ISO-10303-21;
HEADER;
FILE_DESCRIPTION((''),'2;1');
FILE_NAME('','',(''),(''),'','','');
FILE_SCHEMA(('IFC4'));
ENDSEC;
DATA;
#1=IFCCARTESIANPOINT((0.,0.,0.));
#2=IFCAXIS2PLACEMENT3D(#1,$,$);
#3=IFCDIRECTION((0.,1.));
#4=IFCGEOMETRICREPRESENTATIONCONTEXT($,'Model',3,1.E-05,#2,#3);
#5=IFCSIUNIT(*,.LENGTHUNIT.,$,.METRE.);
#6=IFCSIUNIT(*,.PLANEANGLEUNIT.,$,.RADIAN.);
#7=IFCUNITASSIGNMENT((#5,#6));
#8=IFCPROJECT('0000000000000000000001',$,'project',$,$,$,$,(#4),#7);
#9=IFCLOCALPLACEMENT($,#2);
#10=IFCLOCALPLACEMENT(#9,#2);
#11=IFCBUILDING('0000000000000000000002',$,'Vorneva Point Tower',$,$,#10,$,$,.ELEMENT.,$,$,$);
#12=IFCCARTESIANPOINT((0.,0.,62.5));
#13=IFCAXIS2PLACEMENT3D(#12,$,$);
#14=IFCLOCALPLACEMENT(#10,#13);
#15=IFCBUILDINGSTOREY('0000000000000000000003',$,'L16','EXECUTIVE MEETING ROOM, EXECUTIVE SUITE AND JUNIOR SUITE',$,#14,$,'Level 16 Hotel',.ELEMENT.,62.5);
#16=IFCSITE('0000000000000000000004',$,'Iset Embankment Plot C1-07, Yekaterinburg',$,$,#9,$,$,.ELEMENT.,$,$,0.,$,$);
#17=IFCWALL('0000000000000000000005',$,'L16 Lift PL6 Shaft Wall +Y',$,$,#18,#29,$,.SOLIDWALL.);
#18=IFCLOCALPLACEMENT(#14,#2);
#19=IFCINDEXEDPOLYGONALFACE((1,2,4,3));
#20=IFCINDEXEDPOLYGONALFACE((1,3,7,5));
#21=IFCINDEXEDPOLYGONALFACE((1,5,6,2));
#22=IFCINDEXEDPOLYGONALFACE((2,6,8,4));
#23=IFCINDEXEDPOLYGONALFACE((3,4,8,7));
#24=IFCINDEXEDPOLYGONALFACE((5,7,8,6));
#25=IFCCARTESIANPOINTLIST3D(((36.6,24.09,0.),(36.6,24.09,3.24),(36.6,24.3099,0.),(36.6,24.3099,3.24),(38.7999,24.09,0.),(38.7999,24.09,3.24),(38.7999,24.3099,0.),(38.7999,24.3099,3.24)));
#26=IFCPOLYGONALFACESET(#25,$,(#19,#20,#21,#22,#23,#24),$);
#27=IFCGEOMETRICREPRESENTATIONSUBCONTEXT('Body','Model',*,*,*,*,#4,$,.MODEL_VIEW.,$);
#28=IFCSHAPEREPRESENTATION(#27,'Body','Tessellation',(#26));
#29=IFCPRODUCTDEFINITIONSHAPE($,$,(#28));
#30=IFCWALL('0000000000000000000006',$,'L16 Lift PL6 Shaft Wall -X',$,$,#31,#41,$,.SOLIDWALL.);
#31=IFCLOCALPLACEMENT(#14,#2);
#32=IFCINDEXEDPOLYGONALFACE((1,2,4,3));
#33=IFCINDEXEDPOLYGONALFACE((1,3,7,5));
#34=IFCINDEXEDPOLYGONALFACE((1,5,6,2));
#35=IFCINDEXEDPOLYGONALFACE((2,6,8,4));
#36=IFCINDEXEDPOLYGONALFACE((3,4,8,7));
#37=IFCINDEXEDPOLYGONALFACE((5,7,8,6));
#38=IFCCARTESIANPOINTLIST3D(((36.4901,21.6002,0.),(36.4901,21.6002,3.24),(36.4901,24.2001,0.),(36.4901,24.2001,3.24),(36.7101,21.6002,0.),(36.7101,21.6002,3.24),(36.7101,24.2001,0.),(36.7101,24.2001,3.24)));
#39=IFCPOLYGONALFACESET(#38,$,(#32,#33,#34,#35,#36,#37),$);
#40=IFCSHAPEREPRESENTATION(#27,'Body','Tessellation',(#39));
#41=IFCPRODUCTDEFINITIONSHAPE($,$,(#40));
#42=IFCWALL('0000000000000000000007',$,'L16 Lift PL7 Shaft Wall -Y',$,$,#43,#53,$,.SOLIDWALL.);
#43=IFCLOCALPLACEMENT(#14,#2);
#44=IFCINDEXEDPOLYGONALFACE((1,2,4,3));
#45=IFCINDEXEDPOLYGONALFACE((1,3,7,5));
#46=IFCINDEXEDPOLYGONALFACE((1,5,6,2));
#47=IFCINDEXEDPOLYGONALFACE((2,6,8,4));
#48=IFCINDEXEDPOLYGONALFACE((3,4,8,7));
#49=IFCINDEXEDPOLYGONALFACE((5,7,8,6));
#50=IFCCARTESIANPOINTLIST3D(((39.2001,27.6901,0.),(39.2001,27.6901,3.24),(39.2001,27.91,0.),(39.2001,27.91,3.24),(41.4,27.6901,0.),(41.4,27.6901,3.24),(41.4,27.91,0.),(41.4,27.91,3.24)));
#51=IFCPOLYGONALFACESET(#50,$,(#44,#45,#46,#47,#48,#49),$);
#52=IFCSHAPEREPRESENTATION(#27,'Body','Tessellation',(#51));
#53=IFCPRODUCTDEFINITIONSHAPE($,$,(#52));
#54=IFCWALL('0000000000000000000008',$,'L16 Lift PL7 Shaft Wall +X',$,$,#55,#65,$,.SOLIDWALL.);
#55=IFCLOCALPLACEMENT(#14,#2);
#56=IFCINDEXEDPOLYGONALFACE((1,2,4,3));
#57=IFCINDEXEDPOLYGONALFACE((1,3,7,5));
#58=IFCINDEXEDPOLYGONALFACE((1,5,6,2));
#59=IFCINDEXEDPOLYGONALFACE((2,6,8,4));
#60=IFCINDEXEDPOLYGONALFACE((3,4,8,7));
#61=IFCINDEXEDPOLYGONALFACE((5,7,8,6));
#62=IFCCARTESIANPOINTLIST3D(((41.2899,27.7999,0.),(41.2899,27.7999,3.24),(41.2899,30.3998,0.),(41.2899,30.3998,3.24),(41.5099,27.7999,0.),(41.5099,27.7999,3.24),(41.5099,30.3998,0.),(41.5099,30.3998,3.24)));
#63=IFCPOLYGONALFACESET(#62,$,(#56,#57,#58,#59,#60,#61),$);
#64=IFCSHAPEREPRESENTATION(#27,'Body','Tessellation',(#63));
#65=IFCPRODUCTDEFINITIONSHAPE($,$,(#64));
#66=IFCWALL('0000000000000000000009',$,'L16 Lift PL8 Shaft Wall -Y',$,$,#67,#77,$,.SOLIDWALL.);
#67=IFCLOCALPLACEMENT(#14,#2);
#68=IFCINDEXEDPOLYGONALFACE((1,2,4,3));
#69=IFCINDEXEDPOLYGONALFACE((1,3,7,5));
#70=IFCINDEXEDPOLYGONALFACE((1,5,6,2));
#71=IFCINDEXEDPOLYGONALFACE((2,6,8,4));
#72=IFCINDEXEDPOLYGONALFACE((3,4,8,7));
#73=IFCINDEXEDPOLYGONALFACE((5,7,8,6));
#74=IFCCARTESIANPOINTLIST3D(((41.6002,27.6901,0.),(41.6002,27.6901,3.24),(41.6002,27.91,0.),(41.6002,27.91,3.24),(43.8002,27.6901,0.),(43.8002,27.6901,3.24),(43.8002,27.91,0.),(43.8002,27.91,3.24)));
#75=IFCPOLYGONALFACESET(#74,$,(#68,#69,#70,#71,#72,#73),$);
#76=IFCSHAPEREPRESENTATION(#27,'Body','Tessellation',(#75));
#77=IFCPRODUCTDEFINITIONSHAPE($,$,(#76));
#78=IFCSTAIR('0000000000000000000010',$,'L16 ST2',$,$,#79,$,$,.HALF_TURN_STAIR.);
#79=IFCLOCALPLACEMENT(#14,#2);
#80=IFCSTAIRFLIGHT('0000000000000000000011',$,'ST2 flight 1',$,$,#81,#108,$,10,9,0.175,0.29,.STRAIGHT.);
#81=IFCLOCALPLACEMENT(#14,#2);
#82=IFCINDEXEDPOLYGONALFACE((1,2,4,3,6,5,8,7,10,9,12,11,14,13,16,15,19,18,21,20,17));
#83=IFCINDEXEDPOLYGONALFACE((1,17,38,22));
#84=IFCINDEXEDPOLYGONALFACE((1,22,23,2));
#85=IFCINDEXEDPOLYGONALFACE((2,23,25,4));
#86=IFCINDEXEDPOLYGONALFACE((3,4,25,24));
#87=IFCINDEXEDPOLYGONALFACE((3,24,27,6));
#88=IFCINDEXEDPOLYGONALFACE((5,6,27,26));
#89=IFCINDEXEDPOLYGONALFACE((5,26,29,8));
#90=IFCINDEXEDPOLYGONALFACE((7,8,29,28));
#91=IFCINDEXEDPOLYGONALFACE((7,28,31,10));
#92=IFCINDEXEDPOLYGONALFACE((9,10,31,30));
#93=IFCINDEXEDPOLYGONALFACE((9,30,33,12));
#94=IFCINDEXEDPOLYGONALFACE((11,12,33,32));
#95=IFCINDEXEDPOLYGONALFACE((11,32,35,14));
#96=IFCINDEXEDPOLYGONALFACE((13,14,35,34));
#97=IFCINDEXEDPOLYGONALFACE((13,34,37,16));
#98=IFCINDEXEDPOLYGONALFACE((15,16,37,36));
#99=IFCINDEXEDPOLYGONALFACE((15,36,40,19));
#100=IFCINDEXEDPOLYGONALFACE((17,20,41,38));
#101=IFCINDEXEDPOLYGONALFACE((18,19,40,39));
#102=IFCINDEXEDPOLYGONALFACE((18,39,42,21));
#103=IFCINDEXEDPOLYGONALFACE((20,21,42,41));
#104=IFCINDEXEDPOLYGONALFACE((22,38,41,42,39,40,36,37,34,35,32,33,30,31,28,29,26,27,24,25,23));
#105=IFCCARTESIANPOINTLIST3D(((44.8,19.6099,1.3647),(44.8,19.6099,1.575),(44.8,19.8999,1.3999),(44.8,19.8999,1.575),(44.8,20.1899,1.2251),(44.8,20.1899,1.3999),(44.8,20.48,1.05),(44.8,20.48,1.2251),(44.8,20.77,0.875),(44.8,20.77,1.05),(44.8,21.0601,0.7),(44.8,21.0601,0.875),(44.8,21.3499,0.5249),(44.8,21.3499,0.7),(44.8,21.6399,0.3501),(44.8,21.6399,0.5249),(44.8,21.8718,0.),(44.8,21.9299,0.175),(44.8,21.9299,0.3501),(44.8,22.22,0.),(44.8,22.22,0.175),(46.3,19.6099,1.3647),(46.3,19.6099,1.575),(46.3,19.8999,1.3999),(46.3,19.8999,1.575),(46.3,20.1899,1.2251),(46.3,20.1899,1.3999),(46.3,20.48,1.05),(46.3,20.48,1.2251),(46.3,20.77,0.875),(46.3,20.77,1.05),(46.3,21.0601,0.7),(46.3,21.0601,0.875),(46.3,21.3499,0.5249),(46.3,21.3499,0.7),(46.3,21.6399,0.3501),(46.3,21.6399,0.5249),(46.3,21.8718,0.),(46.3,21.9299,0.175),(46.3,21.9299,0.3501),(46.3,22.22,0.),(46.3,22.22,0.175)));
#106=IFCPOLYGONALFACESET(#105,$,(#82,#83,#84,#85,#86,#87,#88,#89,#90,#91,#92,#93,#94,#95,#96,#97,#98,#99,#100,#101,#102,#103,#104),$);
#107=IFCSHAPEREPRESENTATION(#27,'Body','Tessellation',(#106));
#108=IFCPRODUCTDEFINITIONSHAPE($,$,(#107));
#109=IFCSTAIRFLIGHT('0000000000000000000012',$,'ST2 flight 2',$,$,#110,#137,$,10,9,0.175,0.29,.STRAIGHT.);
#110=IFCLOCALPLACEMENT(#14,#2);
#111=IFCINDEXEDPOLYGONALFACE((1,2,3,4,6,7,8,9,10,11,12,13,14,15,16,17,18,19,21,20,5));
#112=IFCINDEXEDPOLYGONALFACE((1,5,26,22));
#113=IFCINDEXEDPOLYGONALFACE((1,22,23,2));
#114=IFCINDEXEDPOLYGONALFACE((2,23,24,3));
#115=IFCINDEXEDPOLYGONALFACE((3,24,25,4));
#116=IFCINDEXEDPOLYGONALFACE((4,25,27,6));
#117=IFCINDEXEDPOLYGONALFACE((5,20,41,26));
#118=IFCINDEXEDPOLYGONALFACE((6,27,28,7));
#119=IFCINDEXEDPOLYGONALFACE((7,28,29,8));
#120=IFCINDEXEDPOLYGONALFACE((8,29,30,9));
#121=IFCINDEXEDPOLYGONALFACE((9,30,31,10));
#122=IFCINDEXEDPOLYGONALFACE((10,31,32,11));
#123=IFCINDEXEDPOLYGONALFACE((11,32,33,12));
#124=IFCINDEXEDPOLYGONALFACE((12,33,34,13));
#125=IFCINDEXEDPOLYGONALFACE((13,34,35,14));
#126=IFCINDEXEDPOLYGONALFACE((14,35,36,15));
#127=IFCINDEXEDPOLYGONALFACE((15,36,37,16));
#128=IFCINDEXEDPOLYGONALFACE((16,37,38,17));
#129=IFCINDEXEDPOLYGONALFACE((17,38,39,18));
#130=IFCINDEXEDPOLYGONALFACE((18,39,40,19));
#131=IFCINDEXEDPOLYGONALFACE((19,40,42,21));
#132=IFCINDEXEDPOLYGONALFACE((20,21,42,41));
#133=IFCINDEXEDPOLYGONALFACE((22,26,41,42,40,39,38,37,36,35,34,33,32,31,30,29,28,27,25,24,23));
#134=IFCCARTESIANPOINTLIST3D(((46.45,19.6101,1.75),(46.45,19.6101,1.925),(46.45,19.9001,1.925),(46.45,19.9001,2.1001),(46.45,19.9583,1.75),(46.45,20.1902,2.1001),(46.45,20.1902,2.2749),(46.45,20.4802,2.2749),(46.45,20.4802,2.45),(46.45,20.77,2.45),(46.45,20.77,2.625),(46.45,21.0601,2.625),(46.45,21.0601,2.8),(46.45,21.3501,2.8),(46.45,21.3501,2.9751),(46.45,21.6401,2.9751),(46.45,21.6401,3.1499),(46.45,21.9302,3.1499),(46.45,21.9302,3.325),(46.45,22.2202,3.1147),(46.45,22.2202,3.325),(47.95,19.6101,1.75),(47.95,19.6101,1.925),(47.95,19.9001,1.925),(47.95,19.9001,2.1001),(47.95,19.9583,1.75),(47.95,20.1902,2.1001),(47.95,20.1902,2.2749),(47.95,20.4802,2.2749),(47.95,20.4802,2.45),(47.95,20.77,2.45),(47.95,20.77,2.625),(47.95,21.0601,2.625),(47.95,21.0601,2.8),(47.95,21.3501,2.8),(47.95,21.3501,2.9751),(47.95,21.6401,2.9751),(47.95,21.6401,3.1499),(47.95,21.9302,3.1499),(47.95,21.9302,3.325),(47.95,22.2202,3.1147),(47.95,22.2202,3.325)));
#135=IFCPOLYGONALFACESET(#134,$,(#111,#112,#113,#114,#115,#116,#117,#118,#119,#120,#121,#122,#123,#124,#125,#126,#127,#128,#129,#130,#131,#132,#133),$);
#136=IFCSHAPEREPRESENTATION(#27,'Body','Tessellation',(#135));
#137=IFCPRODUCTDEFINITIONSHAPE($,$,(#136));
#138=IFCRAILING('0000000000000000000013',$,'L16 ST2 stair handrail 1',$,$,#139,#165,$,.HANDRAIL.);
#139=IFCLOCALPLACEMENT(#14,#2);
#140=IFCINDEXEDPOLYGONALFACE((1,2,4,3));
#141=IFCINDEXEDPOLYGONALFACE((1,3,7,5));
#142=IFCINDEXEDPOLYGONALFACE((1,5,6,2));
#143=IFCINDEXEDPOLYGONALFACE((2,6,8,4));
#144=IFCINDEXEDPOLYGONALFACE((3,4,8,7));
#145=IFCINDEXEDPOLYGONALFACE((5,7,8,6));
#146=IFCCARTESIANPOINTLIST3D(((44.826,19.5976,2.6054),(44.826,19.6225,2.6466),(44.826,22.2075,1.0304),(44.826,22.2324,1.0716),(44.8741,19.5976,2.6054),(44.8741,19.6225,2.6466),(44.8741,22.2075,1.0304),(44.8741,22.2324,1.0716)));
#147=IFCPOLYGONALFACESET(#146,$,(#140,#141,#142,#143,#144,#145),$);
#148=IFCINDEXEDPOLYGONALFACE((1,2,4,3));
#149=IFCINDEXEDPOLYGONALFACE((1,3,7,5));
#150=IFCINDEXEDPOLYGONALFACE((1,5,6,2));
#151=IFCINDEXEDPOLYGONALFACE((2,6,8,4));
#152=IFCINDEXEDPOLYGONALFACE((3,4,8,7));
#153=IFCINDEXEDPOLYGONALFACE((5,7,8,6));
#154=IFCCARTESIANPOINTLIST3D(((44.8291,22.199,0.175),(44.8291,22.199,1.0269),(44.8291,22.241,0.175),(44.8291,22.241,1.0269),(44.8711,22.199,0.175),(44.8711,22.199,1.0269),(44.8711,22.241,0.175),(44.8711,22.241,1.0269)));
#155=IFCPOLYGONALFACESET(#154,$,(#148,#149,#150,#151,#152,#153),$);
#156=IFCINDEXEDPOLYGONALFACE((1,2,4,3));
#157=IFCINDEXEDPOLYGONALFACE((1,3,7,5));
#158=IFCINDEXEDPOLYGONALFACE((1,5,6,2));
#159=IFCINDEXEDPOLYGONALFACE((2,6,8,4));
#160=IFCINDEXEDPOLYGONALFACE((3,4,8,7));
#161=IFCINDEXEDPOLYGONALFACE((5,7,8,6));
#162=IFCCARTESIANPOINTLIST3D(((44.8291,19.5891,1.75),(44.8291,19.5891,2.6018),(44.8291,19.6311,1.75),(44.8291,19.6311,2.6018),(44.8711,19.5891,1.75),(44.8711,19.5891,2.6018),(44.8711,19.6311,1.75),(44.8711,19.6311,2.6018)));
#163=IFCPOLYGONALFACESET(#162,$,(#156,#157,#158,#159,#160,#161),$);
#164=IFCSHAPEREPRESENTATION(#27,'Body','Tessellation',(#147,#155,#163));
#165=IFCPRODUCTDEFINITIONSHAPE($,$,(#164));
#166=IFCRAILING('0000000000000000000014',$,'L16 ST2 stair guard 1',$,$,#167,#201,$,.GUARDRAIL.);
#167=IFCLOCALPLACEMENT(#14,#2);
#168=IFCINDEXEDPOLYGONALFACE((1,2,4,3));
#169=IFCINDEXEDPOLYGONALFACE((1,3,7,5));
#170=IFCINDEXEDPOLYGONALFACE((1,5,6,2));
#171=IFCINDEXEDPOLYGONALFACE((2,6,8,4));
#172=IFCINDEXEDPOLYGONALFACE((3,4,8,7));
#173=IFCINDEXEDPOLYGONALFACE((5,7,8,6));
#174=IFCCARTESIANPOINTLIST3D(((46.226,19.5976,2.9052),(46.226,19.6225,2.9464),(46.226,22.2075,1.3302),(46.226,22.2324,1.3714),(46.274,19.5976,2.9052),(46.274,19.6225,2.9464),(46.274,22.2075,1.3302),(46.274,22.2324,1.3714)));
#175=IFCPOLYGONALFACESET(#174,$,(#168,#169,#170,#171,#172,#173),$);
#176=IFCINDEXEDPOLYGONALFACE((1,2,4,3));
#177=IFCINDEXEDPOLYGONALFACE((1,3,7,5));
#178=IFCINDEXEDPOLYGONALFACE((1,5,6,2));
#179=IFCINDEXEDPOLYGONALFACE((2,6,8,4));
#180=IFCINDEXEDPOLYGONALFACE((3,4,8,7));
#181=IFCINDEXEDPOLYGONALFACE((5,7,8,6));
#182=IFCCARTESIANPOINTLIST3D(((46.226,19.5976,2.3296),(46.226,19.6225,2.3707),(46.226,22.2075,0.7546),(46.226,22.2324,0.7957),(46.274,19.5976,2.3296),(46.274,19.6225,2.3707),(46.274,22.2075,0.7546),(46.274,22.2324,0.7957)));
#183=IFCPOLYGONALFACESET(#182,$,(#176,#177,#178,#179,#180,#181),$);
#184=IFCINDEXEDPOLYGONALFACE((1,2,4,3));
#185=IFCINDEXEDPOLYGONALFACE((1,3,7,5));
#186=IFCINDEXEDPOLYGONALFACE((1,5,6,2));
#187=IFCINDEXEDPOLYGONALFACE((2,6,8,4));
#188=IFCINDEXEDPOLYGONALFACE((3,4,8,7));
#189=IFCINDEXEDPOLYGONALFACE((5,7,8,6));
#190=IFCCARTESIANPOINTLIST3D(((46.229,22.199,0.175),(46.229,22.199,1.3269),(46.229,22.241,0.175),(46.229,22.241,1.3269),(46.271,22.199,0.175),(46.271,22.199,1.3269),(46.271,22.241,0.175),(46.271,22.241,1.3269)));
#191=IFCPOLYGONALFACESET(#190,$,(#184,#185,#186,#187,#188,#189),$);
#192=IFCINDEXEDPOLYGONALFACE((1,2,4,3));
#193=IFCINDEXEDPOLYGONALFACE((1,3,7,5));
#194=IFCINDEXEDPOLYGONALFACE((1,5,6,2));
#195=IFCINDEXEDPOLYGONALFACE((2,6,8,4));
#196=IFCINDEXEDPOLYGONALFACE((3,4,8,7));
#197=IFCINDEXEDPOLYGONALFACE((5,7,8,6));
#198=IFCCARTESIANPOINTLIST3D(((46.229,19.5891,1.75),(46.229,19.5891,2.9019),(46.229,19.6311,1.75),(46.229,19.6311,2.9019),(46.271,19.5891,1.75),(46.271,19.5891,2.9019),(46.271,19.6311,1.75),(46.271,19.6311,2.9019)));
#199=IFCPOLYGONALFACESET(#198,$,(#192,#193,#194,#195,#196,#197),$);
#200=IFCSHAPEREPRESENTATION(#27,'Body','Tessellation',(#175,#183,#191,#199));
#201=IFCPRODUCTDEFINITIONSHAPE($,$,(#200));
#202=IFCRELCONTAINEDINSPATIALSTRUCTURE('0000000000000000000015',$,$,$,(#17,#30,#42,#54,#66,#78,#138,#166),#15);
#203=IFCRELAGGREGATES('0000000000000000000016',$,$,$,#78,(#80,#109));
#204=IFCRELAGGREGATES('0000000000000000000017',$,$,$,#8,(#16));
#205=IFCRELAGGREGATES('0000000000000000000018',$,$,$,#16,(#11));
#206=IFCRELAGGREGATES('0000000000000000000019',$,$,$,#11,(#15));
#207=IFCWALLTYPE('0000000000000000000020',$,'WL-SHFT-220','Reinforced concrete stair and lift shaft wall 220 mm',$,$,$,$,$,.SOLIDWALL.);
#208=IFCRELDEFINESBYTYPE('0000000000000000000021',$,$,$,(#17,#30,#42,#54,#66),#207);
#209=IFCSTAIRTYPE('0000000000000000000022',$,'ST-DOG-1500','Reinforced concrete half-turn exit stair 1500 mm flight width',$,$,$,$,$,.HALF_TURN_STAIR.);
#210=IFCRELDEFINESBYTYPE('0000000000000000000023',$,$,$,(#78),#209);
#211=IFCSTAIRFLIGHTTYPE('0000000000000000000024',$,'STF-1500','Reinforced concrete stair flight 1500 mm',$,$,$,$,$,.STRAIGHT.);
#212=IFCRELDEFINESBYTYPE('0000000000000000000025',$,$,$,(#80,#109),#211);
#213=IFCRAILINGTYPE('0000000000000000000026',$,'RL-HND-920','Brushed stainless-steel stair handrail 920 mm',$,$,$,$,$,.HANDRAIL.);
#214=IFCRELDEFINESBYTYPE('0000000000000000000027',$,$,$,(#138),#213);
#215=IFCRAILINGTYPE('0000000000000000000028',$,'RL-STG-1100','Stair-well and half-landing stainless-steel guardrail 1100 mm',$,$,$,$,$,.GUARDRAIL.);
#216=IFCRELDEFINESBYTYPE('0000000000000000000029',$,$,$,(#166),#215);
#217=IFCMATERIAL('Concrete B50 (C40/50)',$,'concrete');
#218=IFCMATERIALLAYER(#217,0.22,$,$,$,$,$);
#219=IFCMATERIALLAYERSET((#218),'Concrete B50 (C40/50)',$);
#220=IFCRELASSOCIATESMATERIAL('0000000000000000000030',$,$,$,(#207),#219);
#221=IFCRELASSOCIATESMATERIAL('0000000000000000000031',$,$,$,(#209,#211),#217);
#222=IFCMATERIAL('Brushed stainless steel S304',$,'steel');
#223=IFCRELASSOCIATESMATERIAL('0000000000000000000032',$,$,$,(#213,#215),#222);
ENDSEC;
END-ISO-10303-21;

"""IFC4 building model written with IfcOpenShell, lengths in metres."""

from ifc_helpers import new_model, si_unit, direction, frame, frame_2d, origin, origin_2d, place, context, subcontext, project, spatial, polyline, rectangle, outline, extrude, material, layer, layer_set, type_object, element, aggregate, save


model = new_model("IFC4")

# Units and contexts
model_context = context("Model", 3, precision=1e-05, world=origin(), true_north=direction((0.0, 1.0)))
body_context = subcontext(model_context, "Body", "Model", "MODEL_VIEW")
ifc_project = project(units=[si_unit("LENGTHUNIT", "METRE"), si_unit("PLANEANGLEUNIT", "RADIAN")], contexts=[model_context])

# Site, building, storey
site_placement = place(None, origin())
site = spatial("IfcSite", under=ifc_project, at=site_placement, Name="Iset Embankment Plot C1-07, Yekaterinburg", CompositionType="ELEMENT", RefElevation=0.0)
building_placement = place(site_placement, origin())
building = spatial("IfcBuilding", under=site, at=building_placement, Name="Vorneva Point Tower", CompositionType="ELEMENT")
storey_placement = place(building_placement, frame((0.0, 0.0, 62.5)))
storey = spatial("IfcBuildingStorey", under=building, at=storey_placement, Name="L16", Description="EXECUTIVE MEETING ROOM, EXECUTIVE SUITE AND JUNIOR SUITE", LongName="Level 16 Hotel", CompositionType="ELEMENT", Elevation=62.5)

# Shared definitions
ifc_material_1 = material(Name="Concrete B50 (C40/50)", Category="concrete")
ifc_layer_1 = layer(ifc_material_1, 0.22)
ifc_layer_set_1 = layer_set([ifc_layer_1], Name="Concrete B50 (C40/50)")
wall_type_1 = type_object("IfcWallType", Name="WL-SHFT-220", Description="Reinforced concrete stair and lift shaft wall 220 mm", PredefinedType="SOLIDWALL", material=ifc_layer_set_1)

# Walls
wall_1_placement = place(storey_placement, frame((38.8, 24.2, 0.0), z_axis=(0.0, 0.0, 1.0), x_axis=(-1.0, 0.0, 0.0)))
element("IfcWall", 1, at=wall_1_placement, inside=storey, type_object=wall_type_1, Name="L16 Lift PL6 Shaft Wall +Y", PredefinedType="SOLIDWALL", context=body_context, shape_type="SweptSolid", body=[
    extrude(rectangle(XDim=2.2, YDim=0.22, at=frame_2d((1.1001, 0.0))), origin(), (0.0, 0.0, 1.0), 3.24),
])
wall_2_placement = place(storey_placement, frame((36.6001, 24.2, 0.0), z_axis=(0.0, 0.0, 1.0), x_axis=(0.0, -1.0, 0.0)))
element("IfcWall", 2, at=wall_2_placement, inside=storey, type_object=wall_type_1, Name="L16 Lift PL6 Shaft Wall -X", PredefinedType="SOLIDWALL", context=body_context, shape_type="SweptSolid", body=[
    extrude(rectangle(XDim=2.5999, YDim=0.22, at=frame_2d((1.2998, 0.0))), origin(), (0.0, 0.0, 1.0), 3.24),
])
wall_3_placement = place(storey_placement, frame((39.2, 27.8, 0.0), z_axis=(0.0, 0.0, 1.0), x_axis=(1.0, 0.0, 0.0)))
element("IfcWall", 3, at=wall_3_placement, inside=storey, type_object=wall_type_1, Name="L16 Lift PL7 Shaft Wall -Y", PredefinedType="SOLIDWALL", context=body_context, shape_type="SweptSolid", body=[
    extrude(rectangle(XDim=2.2, YDim=0.22, at=frame_2d((1.1001, 0.0))), origin(), (0.0, 0.0, 1.0), 3.24),
])
wall_4_placement = place(storey_placement, frame((41.3999, 27.8, 0.0), z_axis=(0.0, 0.0, 1.0), x_axis=(0.0, 1.0, 0.0)))
element("IfcWall", 4, at=wall_4_placement, inside=storey, type_object=wall_type_1, Name="L16 Lift PL7 Shaft Wall +X", PredefinedType="SOLIDWALL", context=body_context, shape_type="SweptSolid", body=[
    extrude(rectangle(XDim=2.5999, YDim=0.22, at=frame_2d((1.2998, 0.0))), origin(), (0.0, 0.0, 1.0), 3.24),
])
wall_5_placement = place(storey_placement, frame((41.6001, 27.8, 0.0), z_axis=(0.0, 0.0, 1.0), x_axis=(1.0, 0.0, 0.0)))
element("IfcWall", 5, at=wall_5_placement, inside=storey, type_object=wall_type_1, Name="L16 Lift PL8 Shaft Wall -Y", PredefinedType="SOLIDWALL", context=body_context, shape_type="SweptSolid", body=[
    extrude(rectangle(XDim=2.2, YDim=0.22, at=frame_2d((1.1001, 0.0))), origin(), (0.0, 0.0, 1.0), 3.24),
])

# Stair, stair flights
stair_type = type_object("IfcStairType", Name="ST-DOG-1500", Description="Reinforced concrete half-turn exit stair 1500 mm flight width", PredefinedType="HALF_TURN_STAIR", material=ifc_material_1)
stair_placement = place(storey_placement, origin())
stair = element("IfcStair", 6, at=stair_placement, inside=storey, type_object=stair_type, Name="L16 ST2", PredefinedType="HALF_TURN_STAIR")
stair_flight_type = type_object("IfcStairFlightType", Name="STF-1500", Description="Reinforced concrete stair flight 1500 mm", PredefinedType="STRAIGHT", material=ifc_material_1)
stair_flight_1_placement = place(storey_placement, frame((45.55, 22.22, 0.0), z_axis=(0.0, 0.0, 1.0), x_axis=(0.0, -1.0, 0.0)))
stair_flight_1 = element("IfcStairFlight", 7, at=stair_flight_1_placement, type_object=stair_flight_type, Name="ST2 flight 1", NumberOfRisers=10, NumberOfTreads=9, PredefinedType="STRAIGHT", RiserHeight=0.175, TreadLength=0.29, context=body_context, shape_type="SweptSolid", body=[
    extrude(outline(polyline([(0.0, 0.0), (0.0, 0.175), (0.29, 0.175), (0.29, 0.3501), (0.5801, 0.3501), (0.5801, 0.5249), (0.8701, 0.5249), (0.8701, 0.7), (1.1599, 0.7), (1.1599, 0.875), (1.45, 0.875), (1.45, 1.05), (1.74, 1.05), (1.74, 1.2251), (2.03, 1.2251), (2.03, 1.3999), (2.3201, 1.3999), (2.3201, 1.575), (2.6101, 1.575), (2.6101, 1.75), (2.6101, 1.3647), (0.3481, 0.0), (0.0, 0.0)])), frame((0.0, 0.75, 0.0), z_axis=(0.0, -1.0, 0.0), x_axis=(1.0, 0.0, 0.0)), (0.0, 0.0, 1.0), 1.5),
])
stair_flight_2_placement = place(storey_placement, frame((47.2, 19.6101, 1.75), z_axis=(0.0, 0.0, 1.0), x_axis=(0.0, 1.0, 0.0)))
stair_flight_2 = element("IfcStairFlight", 8, at=stair_flight_2_placement, type_object=stair_flight_type, Name="ST2 flight 2", NumberOfRisers=10, NumberOfTreads=9, PredefinedType="STRAIGHT", RiserHeight=0.175, TreadLength=0.29, context=body_context, shape_type="SweptSolid", body=[
    extrude(outline(polyline([(0.0, 0.0), (0.0, 0.175), (0.29, 0.175), (0.29, 0.3501), (0.5801, 0.3501), (0.5801, 0.5249), (0.8701, 0.5249), (0.8701, 0.7), (1.1599, 0.7), (1.1599, 0.875), (1.45, 0.875), (1.45, 1.05), (1.74, 1.05), (1.74, 1.2251), (2.03, 1.2251), (2.03, 1.3999), (2.3201, 1.3999), (2.3201, 1.575), (2.6101, 1.575), (2.6101, 1.75), (2.6101, 1.3647), (0.3481, 0.0), (0.0, 0.0)])), frame((0.0, 0.75, 0.0), z_axis=(0.0, -1.0, 0.0), x_axis=(1.0, 0.0, 0.0)), (0.0, 0.0, 1.0), 1.5),
])
aggregate(stair, [stair_flight_1, stair_flight_2])

# Railings
ifc_material_2 = material(Name="Brushed stainless steel S304", Category="steel")
railing_type_1 = type_object("IfcRailingType", Name="RL-HND-920", Description="Brushed stainless-steel stair handrail 920 mm", PredefinedType="HANDRAIL", material=ifc_material_2)
railing_1_placement = place(storey_placement, frame((44.8501, 22.22, 0.175)))
element("IfcRailing", 9, at=railing_1_placement, inside=storey, type_object=railing_type_1, Name="L16 ST2 stair handrail 1", PredefinedType="HANDRAIL", context=body_context, shape_type="SweptSolid", body=[
    extrude(rectangle(XDim=0.0481, YDim=0.0481, at=origin_2d()), frame((0.0, 0.0, 0.876), z_axis=(0.0, -0.856183, 0.516673), x_axis=(1.0, 0.0, 0.0)), (0.0, 0.0, 1.0), 3.0483),
    extrude(rectangle(XDim=0.042, YDim=0.042, at=origin_2d()), origin(), (0.0, 0.0, 1.0), 0.8518),
    extrude(rectangle(XDim=0.042, YDim=0.042, at=origin_2d()), frame((0.0, -2.6099, 1.575)), (0.0, 0.0, 1.0), 0.8518),
])
railing_type_2 = type_object("IfcRailingType", Name="RL-STG-1100", Description="Stair-well and half-landing stainless-steel guardrail 1100 mm", PredefinedType="GUARDRAIL", material=ifc_material_2)
railing_2_placement = place(storey_placement, frame((46.25, 22.22, 0.175)))
element("IfcRailing", 10, at=railing_2_placement, inside=storey, type_object=railing_type_2, Name="L16 ST2 stair guard 1", PredefinedType="GUARDRAIL", context=body_context, shape_type="SweptSolid", body=[
    extrude(rectangle(XDim=0.0481, YDim=0.0481, at=origin_2d()), frame((0.0, 0.0, 1.1758), z_axis=(0.0, -0.856183, 0.516673), x_axis=(1.0, 0.0, 0.0)), (0.0, 0.0, 1.0), 3.0483),
    extrude(rectangle(XDim=0.0481, YDim=0.0481, at=origin_2d()), frame((0.0, 0.0, 0.6001), z_axis=(0.0, -0.856183, 0.516673), x_axis=(1.0, 0.0, 0.0)), (0.0, 0.0, 1.0), 3.0483),
    extrude(rectangle(XDim=0.042, YDim=0.042, at=origin_2d()), origin(), (0.0, 0.0, 1.0), 1.1519),
    extrude(rectangle(XDim=0.042, YDim=0.042, at=origin_2d()), frame((0.0, -2.6099, 1.575)), (0.0, 0.0, 1.0), 1.1519),
])

save(model, "model.ifc")
